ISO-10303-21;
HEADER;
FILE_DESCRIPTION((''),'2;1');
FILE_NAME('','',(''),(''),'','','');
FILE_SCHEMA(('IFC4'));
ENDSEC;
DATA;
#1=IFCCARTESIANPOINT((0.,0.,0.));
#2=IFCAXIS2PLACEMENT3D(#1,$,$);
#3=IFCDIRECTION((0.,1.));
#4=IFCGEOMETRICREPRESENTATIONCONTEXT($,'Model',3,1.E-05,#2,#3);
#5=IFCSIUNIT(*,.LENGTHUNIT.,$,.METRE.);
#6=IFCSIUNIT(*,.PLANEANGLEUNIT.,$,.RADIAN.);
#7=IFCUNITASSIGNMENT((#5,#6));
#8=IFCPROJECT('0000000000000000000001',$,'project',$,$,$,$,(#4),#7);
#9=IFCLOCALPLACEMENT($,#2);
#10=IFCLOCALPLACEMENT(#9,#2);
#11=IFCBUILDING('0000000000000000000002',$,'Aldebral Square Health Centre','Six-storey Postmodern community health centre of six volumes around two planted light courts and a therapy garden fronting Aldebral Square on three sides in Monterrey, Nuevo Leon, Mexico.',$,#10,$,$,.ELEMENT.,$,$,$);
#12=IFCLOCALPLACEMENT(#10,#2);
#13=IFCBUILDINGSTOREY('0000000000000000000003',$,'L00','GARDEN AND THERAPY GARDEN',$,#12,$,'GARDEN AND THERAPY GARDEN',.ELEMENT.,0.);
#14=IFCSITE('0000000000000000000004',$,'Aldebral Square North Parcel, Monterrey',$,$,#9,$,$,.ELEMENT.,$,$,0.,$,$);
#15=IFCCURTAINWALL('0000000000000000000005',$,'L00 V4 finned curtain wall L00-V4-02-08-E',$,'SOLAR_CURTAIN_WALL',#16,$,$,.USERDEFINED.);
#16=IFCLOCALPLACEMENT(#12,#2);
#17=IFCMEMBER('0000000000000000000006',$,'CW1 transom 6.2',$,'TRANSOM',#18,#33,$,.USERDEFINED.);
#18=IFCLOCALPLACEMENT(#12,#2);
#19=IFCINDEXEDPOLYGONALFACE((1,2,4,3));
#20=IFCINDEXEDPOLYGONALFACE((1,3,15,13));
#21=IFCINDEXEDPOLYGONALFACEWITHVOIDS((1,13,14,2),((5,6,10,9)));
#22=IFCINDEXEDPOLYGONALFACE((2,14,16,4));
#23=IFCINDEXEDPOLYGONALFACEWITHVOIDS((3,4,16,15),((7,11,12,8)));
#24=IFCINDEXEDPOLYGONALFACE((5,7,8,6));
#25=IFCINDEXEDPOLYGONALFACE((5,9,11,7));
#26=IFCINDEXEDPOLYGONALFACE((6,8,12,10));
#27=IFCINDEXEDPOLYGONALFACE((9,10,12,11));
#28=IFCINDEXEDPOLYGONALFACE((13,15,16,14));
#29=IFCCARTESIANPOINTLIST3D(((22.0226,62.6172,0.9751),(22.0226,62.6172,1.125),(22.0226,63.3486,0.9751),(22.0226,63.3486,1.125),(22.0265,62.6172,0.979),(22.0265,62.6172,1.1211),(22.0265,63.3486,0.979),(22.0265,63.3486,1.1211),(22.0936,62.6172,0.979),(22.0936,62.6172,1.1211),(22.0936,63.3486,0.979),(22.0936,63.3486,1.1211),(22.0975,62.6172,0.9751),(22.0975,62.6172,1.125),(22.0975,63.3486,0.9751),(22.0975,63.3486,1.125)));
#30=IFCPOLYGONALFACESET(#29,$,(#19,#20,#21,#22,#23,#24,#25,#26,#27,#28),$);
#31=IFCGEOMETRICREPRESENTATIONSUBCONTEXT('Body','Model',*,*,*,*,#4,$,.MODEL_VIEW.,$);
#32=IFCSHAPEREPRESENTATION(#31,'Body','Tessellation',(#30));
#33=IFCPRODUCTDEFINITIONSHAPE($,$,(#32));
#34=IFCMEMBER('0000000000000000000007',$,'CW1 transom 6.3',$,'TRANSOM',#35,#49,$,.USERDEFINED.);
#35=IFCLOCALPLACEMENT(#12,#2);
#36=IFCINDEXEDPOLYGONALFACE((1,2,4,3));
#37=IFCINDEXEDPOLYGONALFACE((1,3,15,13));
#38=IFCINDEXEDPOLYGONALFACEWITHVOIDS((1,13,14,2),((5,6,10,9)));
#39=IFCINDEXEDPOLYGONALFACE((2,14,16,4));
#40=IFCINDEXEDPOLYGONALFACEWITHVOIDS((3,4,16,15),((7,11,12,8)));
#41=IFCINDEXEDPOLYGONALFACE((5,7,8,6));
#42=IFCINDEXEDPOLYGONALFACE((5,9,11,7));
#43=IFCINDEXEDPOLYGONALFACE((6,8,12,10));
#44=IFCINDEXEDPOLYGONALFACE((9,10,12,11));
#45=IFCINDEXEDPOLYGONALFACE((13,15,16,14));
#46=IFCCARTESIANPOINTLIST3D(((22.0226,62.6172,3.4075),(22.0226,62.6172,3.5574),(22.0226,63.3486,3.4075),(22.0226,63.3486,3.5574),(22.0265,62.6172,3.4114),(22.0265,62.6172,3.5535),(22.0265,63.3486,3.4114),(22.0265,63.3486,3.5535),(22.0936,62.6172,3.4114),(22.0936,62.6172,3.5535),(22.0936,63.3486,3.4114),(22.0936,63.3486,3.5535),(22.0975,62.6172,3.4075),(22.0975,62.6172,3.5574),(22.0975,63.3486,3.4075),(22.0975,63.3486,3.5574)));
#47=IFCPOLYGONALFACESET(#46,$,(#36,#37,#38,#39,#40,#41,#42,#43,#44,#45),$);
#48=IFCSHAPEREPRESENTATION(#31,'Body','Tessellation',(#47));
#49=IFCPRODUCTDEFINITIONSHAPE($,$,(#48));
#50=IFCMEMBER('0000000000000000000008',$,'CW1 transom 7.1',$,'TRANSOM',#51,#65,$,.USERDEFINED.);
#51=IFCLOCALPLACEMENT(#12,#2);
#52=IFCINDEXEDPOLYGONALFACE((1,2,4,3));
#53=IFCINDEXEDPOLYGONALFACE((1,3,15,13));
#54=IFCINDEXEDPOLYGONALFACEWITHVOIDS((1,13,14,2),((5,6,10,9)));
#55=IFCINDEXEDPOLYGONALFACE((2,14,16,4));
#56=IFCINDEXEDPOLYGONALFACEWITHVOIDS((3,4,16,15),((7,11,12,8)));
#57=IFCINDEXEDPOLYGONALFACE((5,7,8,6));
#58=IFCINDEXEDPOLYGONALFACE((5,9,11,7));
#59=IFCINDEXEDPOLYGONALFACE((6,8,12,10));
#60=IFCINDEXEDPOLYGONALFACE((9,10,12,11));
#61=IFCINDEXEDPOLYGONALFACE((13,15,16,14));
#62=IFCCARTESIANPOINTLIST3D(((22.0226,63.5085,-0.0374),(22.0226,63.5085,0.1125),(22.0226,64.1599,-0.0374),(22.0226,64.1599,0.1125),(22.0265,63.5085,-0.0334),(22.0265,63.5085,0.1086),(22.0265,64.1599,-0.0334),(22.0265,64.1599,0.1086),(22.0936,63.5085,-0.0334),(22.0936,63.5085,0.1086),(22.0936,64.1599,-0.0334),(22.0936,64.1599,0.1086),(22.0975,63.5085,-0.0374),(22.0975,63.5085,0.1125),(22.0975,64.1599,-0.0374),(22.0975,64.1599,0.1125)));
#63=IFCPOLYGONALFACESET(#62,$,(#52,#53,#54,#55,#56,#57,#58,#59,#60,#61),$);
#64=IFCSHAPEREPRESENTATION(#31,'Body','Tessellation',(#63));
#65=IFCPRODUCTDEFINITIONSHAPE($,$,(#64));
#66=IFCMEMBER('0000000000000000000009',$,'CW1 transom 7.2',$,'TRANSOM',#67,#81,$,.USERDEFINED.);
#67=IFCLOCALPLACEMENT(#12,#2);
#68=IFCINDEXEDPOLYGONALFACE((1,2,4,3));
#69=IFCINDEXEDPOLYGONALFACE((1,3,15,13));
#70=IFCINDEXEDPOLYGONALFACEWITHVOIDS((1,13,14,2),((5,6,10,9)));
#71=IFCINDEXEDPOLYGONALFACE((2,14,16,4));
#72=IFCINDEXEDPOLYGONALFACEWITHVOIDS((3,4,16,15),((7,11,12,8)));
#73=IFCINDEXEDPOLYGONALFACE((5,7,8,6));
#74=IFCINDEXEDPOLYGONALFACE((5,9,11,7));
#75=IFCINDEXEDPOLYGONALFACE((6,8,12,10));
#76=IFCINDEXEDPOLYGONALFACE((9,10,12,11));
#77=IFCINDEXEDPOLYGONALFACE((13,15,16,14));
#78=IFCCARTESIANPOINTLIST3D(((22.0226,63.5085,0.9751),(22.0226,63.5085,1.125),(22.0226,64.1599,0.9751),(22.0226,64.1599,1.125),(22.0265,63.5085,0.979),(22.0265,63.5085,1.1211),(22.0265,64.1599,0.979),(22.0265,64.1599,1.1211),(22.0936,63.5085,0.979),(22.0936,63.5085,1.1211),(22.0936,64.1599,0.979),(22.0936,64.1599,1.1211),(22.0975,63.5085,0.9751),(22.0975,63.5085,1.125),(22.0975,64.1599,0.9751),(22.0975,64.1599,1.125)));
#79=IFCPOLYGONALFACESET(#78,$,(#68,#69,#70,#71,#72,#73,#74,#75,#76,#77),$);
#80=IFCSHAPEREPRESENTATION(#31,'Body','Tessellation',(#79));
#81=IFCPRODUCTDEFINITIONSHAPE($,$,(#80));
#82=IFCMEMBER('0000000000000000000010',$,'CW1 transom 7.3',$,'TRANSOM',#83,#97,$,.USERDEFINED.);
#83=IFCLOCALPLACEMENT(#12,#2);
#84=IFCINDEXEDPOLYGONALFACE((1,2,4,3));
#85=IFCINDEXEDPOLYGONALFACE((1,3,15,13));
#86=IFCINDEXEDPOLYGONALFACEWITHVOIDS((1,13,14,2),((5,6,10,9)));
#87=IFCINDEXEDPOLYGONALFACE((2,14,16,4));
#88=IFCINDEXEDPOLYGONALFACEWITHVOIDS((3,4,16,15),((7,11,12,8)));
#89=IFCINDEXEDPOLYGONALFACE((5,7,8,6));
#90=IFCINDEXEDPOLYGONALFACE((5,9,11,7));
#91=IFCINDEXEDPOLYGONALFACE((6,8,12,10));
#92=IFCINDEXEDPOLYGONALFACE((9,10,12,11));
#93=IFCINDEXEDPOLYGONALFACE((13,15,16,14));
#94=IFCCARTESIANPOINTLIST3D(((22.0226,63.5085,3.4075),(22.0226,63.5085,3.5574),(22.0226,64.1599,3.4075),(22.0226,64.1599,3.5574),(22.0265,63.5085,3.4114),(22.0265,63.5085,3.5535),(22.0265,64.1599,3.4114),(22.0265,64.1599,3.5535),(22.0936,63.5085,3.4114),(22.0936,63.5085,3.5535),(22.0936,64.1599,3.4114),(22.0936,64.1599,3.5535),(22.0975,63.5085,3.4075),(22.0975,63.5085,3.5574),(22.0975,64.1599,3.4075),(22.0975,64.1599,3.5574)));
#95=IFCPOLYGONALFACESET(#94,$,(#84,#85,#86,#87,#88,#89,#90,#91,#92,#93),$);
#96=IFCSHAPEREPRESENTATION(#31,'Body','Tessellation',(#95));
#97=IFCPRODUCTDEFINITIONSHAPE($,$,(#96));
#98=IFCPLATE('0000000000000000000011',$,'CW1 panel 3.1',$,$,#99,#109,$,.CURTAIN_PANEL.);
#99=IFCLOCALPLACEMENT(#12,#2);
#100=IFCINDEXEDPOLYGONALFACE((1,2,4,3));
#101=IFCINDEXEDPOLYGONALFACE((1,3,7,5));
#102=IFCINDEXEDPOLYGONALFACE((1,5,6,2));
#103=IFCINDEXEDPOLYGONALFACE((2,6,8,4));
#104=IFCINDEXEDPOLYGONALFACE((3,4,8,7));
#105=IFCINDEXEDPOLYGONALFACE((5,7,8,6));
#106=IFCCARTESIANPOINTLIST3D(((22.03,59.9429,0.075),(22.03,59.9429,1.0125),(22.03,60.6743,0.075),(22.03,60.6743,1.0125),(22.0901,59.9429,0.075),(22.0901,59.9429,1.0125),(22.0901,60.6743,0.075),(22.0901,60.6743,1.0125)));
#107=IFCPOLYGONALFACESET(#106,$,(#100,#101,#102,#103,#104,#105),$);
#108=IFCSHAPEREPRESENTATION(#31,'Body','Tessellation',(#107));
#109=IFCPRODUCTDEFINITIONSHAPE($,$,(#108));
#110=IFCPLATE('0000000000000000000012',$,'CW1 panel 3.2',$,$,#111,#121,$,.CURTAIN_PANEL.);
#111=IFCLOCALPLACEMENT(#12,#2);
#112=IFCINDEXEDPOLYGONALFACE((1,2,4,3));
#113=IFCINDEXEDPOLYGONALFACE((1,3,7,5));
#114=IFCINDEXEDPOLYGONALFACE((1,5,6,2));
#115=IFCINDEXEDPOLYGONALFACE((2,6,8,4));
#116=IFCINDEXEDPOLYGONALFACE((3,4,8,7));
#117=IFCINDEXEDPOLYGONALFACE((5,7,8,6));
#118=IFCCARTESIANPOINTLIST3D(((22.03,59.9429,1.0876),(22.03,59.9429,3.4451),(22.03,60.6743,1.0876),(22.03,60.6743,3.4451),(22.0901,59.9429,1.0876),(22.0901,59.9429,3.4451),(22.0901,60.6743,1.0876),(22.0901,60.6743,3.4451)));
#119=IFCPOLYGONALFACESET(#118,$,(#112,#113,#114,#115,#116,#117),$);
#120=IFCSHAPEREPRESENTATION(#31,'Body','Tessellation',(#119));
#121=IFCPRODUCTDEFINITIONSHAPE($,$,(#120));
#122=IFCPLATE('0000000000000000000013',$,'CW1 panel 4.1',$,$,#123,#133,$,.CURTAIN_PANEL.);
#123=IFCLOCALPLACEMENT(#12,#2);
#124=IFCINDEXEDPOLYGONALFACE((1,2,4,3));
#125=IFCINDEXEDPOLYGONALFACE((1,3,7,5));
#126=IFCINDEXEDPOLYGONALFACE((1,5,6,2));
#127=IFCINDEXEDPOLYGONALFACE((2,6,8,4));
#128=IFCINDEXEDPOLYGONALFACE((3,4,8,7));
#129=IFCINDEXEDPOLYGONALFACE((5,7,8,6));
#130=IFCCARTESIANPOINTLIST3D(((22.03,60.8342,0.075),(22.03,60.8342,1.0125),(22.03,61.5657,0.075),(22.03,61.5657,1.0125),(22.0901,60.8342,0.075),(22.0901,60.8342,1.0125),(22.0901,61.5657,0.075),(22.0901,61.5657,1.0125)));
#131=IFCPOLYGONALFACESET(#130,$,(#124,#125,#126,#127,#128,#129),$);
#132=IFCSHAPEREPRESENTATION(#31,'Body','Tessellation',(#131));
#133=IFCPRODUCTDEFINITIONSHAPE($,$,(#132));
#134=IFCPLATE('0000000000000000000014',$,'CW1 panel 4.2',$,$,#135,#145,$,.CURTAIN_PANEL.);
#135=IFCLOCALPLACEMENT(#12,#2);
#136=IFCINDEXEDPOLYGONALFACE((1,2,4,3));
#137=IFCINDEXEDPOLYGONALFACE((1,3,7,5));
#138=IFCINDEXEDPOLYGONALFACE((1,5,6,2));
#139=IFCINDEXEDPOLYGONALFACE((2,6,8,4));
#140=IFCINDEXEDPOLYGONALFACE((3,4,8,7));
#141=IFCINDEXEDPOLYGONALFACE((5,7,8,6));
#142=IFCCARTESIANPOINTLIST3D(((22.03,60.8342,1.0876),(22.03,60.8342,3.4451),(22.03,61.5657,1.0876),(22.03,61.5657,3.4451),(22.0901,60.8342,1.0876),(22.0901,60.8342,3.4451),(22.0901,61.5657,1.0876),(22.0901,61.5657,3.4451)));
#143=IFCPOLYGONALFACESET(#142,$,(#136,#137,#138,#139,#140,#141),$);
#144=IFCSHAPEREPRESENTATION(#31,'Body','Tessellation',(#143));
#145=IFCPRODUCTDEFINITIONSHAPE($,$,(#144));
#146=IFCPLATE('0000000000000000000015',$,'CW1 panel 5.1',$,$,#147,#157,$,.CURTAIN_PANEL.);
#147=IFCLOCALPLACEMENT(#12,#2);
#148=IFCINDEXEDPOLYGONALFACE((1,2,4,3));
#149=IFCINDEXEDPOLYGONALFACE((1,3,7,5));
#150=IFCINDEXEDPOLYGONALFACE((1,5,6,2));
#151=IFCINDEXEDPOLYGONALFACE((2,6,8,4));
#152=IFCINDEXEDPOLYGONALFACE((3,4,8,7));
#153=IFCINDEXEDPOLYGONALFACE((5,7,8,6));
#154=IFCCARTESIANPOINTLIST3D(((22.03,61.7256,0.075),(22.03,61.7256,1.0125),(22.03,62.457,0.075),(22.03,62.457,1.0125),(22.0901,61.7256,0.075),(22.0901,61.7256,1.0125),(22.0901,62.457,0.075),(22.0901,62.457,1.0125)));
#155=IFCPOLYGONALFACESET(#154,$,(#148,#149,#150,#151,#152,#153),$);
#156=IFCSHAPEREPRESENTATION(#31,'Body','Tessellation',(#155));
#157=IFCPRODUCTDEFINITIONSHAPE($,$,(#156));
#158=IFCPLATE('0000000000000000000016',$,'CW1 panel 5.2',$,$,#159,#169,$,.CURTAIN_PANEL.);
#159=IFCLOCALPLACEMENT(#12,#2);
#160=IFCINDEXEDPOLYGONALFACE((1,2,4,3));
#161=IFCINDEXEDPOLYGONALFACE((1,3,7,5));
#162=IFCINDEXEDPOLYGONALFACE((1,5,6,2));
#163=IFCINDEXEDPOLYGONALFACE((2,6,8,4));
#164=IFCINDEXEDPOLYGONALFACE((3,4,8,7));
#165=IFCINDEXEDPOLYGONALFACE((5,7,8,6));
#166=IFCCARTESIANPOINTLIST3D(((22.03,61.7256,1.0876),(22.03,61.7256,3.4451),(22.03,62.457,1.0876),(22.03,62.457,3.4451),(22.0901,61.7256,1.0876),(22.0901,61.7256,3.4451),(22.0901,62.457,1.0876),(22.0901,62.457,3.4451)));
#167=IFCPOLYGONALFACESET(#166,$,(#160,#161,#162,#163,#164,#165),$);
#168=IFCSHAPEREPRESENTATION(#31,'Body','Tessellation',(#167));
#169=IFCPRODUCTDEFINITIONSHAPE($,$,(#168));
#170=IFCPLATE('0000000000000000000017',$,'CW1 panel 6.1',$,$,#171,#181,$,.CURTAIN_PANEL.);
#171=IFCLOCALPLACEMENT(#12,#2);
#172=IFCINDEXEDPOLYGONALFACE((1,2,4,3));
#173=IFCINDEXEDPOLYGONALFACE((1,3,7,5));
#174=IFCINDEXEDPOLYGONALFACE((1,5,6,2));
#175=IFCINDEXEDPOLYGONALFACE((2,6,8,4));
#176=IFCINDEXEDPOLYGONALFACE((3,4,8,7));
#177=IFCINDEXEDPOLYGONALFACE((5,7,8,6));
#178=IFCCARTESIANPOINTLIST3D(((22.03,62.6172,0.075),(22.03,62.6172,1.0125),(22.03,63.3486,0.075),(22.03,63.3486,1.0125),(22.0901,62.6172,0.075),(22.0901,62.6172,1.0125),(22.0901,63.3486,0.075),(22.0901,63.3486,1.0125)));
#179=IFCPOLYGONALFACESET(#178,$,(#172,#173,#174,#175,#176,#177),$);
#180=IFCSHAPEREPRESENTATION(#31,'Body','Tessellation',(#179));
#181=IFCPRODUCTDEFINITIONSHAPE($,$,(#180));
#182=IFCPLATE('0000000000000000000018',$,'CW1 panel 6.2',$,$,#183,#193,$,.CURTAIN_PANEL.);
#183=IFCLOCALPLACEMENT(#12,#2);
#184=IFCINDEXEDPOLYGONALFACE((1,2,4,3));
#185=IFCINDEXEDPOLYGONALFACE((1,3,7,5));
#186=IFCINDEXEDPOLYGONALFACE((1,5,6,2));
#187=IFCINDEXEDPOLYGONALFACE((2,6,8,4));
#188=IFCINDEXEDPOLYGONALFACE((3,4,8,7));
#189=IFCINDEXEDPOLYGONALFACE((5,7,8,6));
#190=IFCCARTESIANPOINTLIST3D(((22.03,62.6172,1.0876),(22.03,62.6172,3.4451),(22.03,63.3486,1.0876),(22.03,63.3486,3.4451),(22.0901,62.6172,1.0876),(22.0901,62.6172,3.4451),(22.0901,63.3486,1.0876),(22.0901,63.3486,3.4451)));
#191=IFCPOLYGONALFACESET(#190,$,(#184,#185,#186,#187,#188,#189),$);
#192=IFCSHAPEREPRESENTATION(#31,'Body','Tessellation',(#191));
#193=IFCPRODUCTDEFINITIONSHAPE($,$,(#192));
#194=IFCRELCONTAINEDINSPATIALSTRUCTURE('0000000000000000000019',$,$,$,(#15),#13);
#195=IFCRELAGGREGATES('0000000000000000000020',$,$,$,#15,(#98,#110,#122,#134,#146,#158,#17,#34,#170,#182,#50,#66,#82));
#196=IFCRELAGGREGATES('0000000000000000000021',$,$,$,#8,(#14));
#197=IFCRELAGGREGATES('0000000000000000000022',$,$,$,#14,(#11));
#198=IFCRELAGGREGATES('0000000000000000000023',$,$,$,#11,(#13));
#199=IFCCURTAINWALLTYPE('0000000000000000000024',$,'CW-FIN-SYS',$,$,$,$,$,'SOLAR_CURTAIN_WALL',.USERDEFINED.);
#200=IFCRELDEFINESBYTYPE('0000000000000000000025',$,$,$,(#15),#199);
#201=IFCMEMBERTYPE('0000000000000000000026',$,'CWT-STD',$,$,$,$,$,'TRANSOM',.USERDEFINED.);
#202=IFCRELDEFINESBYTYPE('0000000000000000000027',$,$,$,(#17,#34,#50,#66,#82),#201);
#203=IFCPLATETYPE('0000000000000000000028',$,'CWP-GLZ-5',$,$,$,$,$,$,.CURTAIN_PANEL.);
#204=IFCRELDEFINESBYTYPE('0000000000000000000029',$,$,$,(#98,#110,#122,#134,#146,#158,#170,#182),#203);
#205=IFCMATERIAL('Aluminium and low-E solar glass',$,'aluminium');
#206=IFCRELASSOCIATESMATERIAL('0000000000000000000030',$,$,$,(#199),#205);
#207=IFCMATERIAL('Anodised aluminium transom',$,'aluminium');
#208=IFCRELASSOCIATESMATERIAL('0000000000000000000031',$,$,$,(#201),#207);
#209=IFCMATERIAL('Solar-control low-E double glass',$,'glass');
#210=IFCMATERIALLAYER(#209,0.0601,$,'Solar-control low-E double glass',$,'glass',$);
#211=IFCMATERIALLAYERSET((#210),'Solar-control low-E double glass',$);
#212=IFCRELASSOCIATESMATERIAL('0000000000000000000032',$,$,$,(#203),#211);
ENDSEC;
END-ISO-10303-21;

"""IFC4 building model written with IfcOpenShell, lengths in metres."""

from ifc_helpers import new_model, si_unit, direction, frame, origin, origin_2d, place, context, subcontext, project, spatial, rectangle, hollow_rectangle, extrude, material, layer, layer_set, material_profile, profile_set, type_object, element, aggregate, save


model = new_model("IFC4")

# Units and contexts
model_context = context("Model", 3, precision=1e-05, world=origin(), true_north=direction((0.0, 1.0)))
body_context = subcontext(model_context, "Body", "Model", "MODEL_VIEW")
ifc_project = project(units=[si_unit("LENGTHUNIT", "METRE"), si_unit("PLANEANGLEUNIT", "RADIAN")], contexts=[model_context])

# Site, building, storey
site_placement = place(None, origin())
site = spatial("IfcSite", under=ifc_project, at=site_placement, Name="Aldebral Square North Parcel, Monterrey", CompositionType="ELEMENT", RefElevation=0.0)
building_placement = place(site_placement, origin())
building = spatial("IfcBuilding", under=site, at=building_placement, Name="Aldebral Square Health Centre", Description="Six-storey Postmodern community health centre of six volumes around two planted light courts and a therapy garden fronting Aldebral Square on three sides in Monterrey, Nuevo Leon, Mexico.", CompositionType="ELEMENT")
storey_placement = place(building_placement, origin())
storey = spatial("IfcBuildingStorey", under=building, at=storey_placement, Name="L00", Description="GARDEN AND THERAPY GARDEN", LongName="GARDEN AND THERAPY GARDEN", CompositionType="ELEMENT", Elevation=0.0)

# Curtain wall, members, plates
ifc_material_1 = material(Name="Aluminium and low-E solar glass", Category="aluminium")
curtain_wall_type = type_object("IfcCurtainWallType", Name="CW-FIN-SYS", ElementType="SOLAR_CURTAIN_WALL", PredefinedType="USERDEFINED", material=ifc_material_1)
curtain_wall_placement = place(storey_placement, origin())
curtain_wall = element("IfcCurtainWall", 1, at=curtain_wall_placement, inside=storey, type_object=curtain_wall_type, Name="L00 V4 finned curtain wall L00-V4-02-08-E", ObjectType="SOLAR_CURTAIN_WALL", PredefinedType="USERDEFINED")
ifc_material_2 = material(Name="Anodised aluminium transom", Category="aluminium")
ifc_material_profile_1 = material_profile(ifc_material_2, hollow_rectangle(XDim=0.075, YDim=0.1499, WallThickness=0.0039, at=origin_2d()), Name="CWT 75x150x4")
ifc_profile_set_1 = profile_set([ifc_material_profile_1], Name="Anodised aluminium transom")
member_type_1 = type_object("IfcMemberType", Name="CWT-STD", ElementType="TRANSOM", PredefinedType="USERDEFINED", material=ifc_profile_set_1)
member_1_placement = place(storey_placement, frame((22.0601, 62.6172, 1.05), z_axis=(0.0, 1.0, 0.0), x_axis=(-1.0, 0.0, 0.0)))
member_1 = element("IfcMember", 2, at=member_1_placement, type_object=member_type_1, Name="CW1 transom 6.2", ObjectType="TRANSOM", PredefinedType="USERDEFINED", context=body_context, shape_type="SweptSolid", body=[
    extrude(hollow_rectangle(XDim=0.075, YDim=0.1499, WallThickness=0.0039, at=origin_2d()), origin(), (0.0, 0.0, 1.0), 0.7314),
])
member_2_placement = place(storey_placement, frame((22.0601, 62.6172, 3.4824), z_axis=(0.0, 1.0, 0.0), x_axis=(-1.0, 0.0, 0.0)))
member_2 = element("IfcMember", 3, at=member_2_placement, type_object=member_type_1, Name="CW1 transom 6.3", ObjectType="TRANSOM", PredefinedType="USERDEFINED", context=body_context, shape_type="SweptSolid", body=[
    extrude(hollow_rectangle(XDim=0.075, YDim=0.1499, WallThickness=0.0039, at=origin_2d()), origin(), (0.0, 0.0, 1.0), 0.7314),
])
member_3_placement = place(storey_placement, frame((22.0601, 63.5085, 0.0376), z_axis=(0.0, 1.0, 0.0), x_axis=(-1.0, 0.0, 0.0)))
member_3 = element("IfcMember", 4, at=member_3_placement, type_object=member_type_1, Name="CW1 transom 7.1", ObjectType="TRANSOM", PredefinedType="USERDEFINED", context=body_context, shape_type="SweptSolid", body=[
    extrude(hollow_rectangle(XDim=0.075, YDim=0.1499, WallThickness=0.0039, at=origin_2d()), origin(), (0.0, 0.0, 1.0), 0.6514),
])
member_4_placement = place(storey_placement, frame((22.0601, 63.5085, 1.05), z_axis=(0.0, 1.0, 0.0), x_axis=(-1.0, 0.0, 0.0)))
member_4 = element("IfcMember", 5, at=member_4_placement, type_object=member_type_1, Name="CW1 transom 7.2", ObjectType="TRANSOM", PredefinedType="USERDEFINED", context=body_context, shape_type="SweptSolid", body=[
    extrude(hollow_rectangle(XDim=0.075, YDim=0.1499, WallThickness=0.0039, at=origin_2d()), origin(), (0.0, 0.0, 1.0), 0.6514),
])
member_5_placement = place(storey_placement, frame((22.0601, 63.5085, 3.4824), z_axis=(0.0, 1.0, 0.0), x_axis=(-1.0, 0.0, 0.0)))
member_5 = element("IfcMember", 6, at=member_5_placement, type_object=member_type_1, Name="CW1 transom 7.3", ObjectType="TRANSOM", PredefinedType="USERDEFINED", context=body_context, shape_type="SweptSolid", body=[
    extrude(hollow_rectangle(XDim=0.075, YDim=0.1499, WallThickness=0.0039, at=origin_2d()), origin(), (0.0, 0.0, 1.0), 0.6514),
])
ifc_material_3 = material(Name="Solar-control low-E double glass", Category="glass")
ifc_layer = layer(ifc_material_3, 0.0601, Name="Solar-control low-E double glass", Category="glass")
ifc_layer_set = layer_set([ifc_layer], Name="Solar-control low-E double glass")
plate_type = type_object("IfcPlateType", Name="CWP-GLZ-5", PredefinedType="CURTAIN_PANEL", material=ifc_layer_set)
plate_1_placement = place(storey_placement, frame((22.0601, 60.3086, 0.075), z_axis=(0.0, 0.0, 1.0), x_axis=(0.0, 1.0, 0.0)))
plate_1 = element("IfcPlate", 7, at=plate_1_placement, type_object=plate_type, Name="CW1 panel 3.1", PredefinedType="CURTAIN_PANEL", context=body_context, shape_type="SweptSolid", body=[
    extrude(rectangle(XDim=0.7314, YDim=0.0601, at=origin_2d()), origin(), (0.0, 0.0, 1.0), 0.9375),
])
plate_2_placement = place(storey_placement, frame((22.0601, 60.3086, 1.0876), z_axis=(0.0, 0.0, 1.0), x_axis=(0.0, 1.0, 0.0)))
plate_2 = element("IfcPlate", 8, at=plate_2_placement, type_object=plate_type, Name="CW1 panel 3.2", PredefinedType="CURTAIN_PANEL", context=body_context, shape_type="SweptSolid", body=[
    extrude(rectangle(XDim=0.7314, YDim=0.0601, at=origin_2d()), origin(), (0.0, 0.0, 1.0), 2.3574),
])
plate_3_placement = place(storey_placement, frame((22.0601, 61.2, 0.075), z_axis=(0.0, 0.0, 1.0), x_axis=(0.0, 1.0, 0.0)))
plate_3 = element("IfcPlate", 9, at=plate_3_placement, type_object=plate_type, Name="CW1 panel 4.1", PredefinedType="CURTAIN_PANEL", context=body_context, shape_type="SweptSolid", body=[
    extrude(rectangle(XDim=0.7314, YDim=0.0601, at=origin_2d()), origin(), (0.0, 0.0, 1.0), 0.9375),
])
plate_4_placement = place(storey_placement, frame((22.0601, 61.2, 1.0876), z_axis=(0.0, 0.0, 1.0), x_axis=(0.0, 1.0, 0.0)))
plate_4 = element("IfcPlate", 10, at=plate_4_placement, type_object=plate_type, Name="CW1 panel 4.2", PredefinedType="CURTAIN_PANEL", context=body_context, shape_type="SweptSolid", body=[
    extrude(rectangle(XDim=0.7314, YDim=0.0601, at=origin_2d()), origin(), (0.0, 0.0, 1.0), 2.3574),
])
plate_5_placement = place(storey_placement, frame((22.0601, 62.0913, 0.075), z_axis=(0.0, 0.0, 1.0), x_axis=(0.0, 1.0, 0.0)))
plate_5 = element("IfcPlate", 11, at=plate_5_placement, type_object=plate_type, Name="CW1 panel 5.1", PredefinedType="CURTAIN_PANEL", context=body_context, shape_type="SweptSolid", body=[
    extrude(rectangle(XDim=0.7314, YDim=0.0601, at=origin_2d()), origin(), (0.0, 0.0, 1.0), 0.9375),
])
plate_6_placement = place(storey_placement, frame((22.0601, 62.0913, 1.0876), z_axis=(0.0, 0.0, 1.0), x_axis=(0.0, 1.0, 0.0)))
plate_6 = element("IfcPlate", 12, at=plate_6_placement, type_object=plate_type, Name="CW1 panel 5.2", PredefinedType="CURTAIN_PANEL", context=body_context, shape_type="SweptSolid", body=[
    extrude(rectangle(XDim=0.7314, YDim=0.0601, at=origin_2d()), origin(), (0.0, 0.0, 1.0), 2.3574),
])
plate_7_placement = place(storey_placement, frame((22.0601, 62.9829, 0.075), z_axis=(0.0, 0.0, 1.0), x_axis=(0.0, 1.0, 0.0)))
plate_7 = element("IfcPlate", 13, at=plate_7_placement, type_object=plate_type, Name="CW1 panel 6.1", PredefinedType="CURTAIN_PANEL", context=body_context, shape_type="SweptSolid", body=[
    extrude(rectangle(XDim=0.7314, YDim=0.0601, at=origin_2d()), origin(), (0.0, 0.0, 1.0), 0.9375),
])
plate_8_placement = place(storey_placement, frame((22.0601, 62.9829, 1.0876), z_axis=(0.0, 0.0, 1.0), x_axis=(0.0, 1.0, 0.0)))
plate_8 = element("IfcPlate", 14, at=plate_8_placement, type_object=plate_type, Name="CW1 panel 6.2", PredefinedType="CURTAIN_PANEL", context=body_context, shape_type="SweptSolid", body=[
    extrude(rectangle(XDim=0.7314, YDim=0.0601, at=origin_2d()), origin(), (0.0, 0.0, 1.0), 2.3574),
])
aggregate(curtain_wall, [plate_1, plate_2, plate_3, plate_4, plate_5, plate_6, member_1, member_2, plate_7, plate_8, member_3, member_4, member_5])

save(model, "model.ifc")
